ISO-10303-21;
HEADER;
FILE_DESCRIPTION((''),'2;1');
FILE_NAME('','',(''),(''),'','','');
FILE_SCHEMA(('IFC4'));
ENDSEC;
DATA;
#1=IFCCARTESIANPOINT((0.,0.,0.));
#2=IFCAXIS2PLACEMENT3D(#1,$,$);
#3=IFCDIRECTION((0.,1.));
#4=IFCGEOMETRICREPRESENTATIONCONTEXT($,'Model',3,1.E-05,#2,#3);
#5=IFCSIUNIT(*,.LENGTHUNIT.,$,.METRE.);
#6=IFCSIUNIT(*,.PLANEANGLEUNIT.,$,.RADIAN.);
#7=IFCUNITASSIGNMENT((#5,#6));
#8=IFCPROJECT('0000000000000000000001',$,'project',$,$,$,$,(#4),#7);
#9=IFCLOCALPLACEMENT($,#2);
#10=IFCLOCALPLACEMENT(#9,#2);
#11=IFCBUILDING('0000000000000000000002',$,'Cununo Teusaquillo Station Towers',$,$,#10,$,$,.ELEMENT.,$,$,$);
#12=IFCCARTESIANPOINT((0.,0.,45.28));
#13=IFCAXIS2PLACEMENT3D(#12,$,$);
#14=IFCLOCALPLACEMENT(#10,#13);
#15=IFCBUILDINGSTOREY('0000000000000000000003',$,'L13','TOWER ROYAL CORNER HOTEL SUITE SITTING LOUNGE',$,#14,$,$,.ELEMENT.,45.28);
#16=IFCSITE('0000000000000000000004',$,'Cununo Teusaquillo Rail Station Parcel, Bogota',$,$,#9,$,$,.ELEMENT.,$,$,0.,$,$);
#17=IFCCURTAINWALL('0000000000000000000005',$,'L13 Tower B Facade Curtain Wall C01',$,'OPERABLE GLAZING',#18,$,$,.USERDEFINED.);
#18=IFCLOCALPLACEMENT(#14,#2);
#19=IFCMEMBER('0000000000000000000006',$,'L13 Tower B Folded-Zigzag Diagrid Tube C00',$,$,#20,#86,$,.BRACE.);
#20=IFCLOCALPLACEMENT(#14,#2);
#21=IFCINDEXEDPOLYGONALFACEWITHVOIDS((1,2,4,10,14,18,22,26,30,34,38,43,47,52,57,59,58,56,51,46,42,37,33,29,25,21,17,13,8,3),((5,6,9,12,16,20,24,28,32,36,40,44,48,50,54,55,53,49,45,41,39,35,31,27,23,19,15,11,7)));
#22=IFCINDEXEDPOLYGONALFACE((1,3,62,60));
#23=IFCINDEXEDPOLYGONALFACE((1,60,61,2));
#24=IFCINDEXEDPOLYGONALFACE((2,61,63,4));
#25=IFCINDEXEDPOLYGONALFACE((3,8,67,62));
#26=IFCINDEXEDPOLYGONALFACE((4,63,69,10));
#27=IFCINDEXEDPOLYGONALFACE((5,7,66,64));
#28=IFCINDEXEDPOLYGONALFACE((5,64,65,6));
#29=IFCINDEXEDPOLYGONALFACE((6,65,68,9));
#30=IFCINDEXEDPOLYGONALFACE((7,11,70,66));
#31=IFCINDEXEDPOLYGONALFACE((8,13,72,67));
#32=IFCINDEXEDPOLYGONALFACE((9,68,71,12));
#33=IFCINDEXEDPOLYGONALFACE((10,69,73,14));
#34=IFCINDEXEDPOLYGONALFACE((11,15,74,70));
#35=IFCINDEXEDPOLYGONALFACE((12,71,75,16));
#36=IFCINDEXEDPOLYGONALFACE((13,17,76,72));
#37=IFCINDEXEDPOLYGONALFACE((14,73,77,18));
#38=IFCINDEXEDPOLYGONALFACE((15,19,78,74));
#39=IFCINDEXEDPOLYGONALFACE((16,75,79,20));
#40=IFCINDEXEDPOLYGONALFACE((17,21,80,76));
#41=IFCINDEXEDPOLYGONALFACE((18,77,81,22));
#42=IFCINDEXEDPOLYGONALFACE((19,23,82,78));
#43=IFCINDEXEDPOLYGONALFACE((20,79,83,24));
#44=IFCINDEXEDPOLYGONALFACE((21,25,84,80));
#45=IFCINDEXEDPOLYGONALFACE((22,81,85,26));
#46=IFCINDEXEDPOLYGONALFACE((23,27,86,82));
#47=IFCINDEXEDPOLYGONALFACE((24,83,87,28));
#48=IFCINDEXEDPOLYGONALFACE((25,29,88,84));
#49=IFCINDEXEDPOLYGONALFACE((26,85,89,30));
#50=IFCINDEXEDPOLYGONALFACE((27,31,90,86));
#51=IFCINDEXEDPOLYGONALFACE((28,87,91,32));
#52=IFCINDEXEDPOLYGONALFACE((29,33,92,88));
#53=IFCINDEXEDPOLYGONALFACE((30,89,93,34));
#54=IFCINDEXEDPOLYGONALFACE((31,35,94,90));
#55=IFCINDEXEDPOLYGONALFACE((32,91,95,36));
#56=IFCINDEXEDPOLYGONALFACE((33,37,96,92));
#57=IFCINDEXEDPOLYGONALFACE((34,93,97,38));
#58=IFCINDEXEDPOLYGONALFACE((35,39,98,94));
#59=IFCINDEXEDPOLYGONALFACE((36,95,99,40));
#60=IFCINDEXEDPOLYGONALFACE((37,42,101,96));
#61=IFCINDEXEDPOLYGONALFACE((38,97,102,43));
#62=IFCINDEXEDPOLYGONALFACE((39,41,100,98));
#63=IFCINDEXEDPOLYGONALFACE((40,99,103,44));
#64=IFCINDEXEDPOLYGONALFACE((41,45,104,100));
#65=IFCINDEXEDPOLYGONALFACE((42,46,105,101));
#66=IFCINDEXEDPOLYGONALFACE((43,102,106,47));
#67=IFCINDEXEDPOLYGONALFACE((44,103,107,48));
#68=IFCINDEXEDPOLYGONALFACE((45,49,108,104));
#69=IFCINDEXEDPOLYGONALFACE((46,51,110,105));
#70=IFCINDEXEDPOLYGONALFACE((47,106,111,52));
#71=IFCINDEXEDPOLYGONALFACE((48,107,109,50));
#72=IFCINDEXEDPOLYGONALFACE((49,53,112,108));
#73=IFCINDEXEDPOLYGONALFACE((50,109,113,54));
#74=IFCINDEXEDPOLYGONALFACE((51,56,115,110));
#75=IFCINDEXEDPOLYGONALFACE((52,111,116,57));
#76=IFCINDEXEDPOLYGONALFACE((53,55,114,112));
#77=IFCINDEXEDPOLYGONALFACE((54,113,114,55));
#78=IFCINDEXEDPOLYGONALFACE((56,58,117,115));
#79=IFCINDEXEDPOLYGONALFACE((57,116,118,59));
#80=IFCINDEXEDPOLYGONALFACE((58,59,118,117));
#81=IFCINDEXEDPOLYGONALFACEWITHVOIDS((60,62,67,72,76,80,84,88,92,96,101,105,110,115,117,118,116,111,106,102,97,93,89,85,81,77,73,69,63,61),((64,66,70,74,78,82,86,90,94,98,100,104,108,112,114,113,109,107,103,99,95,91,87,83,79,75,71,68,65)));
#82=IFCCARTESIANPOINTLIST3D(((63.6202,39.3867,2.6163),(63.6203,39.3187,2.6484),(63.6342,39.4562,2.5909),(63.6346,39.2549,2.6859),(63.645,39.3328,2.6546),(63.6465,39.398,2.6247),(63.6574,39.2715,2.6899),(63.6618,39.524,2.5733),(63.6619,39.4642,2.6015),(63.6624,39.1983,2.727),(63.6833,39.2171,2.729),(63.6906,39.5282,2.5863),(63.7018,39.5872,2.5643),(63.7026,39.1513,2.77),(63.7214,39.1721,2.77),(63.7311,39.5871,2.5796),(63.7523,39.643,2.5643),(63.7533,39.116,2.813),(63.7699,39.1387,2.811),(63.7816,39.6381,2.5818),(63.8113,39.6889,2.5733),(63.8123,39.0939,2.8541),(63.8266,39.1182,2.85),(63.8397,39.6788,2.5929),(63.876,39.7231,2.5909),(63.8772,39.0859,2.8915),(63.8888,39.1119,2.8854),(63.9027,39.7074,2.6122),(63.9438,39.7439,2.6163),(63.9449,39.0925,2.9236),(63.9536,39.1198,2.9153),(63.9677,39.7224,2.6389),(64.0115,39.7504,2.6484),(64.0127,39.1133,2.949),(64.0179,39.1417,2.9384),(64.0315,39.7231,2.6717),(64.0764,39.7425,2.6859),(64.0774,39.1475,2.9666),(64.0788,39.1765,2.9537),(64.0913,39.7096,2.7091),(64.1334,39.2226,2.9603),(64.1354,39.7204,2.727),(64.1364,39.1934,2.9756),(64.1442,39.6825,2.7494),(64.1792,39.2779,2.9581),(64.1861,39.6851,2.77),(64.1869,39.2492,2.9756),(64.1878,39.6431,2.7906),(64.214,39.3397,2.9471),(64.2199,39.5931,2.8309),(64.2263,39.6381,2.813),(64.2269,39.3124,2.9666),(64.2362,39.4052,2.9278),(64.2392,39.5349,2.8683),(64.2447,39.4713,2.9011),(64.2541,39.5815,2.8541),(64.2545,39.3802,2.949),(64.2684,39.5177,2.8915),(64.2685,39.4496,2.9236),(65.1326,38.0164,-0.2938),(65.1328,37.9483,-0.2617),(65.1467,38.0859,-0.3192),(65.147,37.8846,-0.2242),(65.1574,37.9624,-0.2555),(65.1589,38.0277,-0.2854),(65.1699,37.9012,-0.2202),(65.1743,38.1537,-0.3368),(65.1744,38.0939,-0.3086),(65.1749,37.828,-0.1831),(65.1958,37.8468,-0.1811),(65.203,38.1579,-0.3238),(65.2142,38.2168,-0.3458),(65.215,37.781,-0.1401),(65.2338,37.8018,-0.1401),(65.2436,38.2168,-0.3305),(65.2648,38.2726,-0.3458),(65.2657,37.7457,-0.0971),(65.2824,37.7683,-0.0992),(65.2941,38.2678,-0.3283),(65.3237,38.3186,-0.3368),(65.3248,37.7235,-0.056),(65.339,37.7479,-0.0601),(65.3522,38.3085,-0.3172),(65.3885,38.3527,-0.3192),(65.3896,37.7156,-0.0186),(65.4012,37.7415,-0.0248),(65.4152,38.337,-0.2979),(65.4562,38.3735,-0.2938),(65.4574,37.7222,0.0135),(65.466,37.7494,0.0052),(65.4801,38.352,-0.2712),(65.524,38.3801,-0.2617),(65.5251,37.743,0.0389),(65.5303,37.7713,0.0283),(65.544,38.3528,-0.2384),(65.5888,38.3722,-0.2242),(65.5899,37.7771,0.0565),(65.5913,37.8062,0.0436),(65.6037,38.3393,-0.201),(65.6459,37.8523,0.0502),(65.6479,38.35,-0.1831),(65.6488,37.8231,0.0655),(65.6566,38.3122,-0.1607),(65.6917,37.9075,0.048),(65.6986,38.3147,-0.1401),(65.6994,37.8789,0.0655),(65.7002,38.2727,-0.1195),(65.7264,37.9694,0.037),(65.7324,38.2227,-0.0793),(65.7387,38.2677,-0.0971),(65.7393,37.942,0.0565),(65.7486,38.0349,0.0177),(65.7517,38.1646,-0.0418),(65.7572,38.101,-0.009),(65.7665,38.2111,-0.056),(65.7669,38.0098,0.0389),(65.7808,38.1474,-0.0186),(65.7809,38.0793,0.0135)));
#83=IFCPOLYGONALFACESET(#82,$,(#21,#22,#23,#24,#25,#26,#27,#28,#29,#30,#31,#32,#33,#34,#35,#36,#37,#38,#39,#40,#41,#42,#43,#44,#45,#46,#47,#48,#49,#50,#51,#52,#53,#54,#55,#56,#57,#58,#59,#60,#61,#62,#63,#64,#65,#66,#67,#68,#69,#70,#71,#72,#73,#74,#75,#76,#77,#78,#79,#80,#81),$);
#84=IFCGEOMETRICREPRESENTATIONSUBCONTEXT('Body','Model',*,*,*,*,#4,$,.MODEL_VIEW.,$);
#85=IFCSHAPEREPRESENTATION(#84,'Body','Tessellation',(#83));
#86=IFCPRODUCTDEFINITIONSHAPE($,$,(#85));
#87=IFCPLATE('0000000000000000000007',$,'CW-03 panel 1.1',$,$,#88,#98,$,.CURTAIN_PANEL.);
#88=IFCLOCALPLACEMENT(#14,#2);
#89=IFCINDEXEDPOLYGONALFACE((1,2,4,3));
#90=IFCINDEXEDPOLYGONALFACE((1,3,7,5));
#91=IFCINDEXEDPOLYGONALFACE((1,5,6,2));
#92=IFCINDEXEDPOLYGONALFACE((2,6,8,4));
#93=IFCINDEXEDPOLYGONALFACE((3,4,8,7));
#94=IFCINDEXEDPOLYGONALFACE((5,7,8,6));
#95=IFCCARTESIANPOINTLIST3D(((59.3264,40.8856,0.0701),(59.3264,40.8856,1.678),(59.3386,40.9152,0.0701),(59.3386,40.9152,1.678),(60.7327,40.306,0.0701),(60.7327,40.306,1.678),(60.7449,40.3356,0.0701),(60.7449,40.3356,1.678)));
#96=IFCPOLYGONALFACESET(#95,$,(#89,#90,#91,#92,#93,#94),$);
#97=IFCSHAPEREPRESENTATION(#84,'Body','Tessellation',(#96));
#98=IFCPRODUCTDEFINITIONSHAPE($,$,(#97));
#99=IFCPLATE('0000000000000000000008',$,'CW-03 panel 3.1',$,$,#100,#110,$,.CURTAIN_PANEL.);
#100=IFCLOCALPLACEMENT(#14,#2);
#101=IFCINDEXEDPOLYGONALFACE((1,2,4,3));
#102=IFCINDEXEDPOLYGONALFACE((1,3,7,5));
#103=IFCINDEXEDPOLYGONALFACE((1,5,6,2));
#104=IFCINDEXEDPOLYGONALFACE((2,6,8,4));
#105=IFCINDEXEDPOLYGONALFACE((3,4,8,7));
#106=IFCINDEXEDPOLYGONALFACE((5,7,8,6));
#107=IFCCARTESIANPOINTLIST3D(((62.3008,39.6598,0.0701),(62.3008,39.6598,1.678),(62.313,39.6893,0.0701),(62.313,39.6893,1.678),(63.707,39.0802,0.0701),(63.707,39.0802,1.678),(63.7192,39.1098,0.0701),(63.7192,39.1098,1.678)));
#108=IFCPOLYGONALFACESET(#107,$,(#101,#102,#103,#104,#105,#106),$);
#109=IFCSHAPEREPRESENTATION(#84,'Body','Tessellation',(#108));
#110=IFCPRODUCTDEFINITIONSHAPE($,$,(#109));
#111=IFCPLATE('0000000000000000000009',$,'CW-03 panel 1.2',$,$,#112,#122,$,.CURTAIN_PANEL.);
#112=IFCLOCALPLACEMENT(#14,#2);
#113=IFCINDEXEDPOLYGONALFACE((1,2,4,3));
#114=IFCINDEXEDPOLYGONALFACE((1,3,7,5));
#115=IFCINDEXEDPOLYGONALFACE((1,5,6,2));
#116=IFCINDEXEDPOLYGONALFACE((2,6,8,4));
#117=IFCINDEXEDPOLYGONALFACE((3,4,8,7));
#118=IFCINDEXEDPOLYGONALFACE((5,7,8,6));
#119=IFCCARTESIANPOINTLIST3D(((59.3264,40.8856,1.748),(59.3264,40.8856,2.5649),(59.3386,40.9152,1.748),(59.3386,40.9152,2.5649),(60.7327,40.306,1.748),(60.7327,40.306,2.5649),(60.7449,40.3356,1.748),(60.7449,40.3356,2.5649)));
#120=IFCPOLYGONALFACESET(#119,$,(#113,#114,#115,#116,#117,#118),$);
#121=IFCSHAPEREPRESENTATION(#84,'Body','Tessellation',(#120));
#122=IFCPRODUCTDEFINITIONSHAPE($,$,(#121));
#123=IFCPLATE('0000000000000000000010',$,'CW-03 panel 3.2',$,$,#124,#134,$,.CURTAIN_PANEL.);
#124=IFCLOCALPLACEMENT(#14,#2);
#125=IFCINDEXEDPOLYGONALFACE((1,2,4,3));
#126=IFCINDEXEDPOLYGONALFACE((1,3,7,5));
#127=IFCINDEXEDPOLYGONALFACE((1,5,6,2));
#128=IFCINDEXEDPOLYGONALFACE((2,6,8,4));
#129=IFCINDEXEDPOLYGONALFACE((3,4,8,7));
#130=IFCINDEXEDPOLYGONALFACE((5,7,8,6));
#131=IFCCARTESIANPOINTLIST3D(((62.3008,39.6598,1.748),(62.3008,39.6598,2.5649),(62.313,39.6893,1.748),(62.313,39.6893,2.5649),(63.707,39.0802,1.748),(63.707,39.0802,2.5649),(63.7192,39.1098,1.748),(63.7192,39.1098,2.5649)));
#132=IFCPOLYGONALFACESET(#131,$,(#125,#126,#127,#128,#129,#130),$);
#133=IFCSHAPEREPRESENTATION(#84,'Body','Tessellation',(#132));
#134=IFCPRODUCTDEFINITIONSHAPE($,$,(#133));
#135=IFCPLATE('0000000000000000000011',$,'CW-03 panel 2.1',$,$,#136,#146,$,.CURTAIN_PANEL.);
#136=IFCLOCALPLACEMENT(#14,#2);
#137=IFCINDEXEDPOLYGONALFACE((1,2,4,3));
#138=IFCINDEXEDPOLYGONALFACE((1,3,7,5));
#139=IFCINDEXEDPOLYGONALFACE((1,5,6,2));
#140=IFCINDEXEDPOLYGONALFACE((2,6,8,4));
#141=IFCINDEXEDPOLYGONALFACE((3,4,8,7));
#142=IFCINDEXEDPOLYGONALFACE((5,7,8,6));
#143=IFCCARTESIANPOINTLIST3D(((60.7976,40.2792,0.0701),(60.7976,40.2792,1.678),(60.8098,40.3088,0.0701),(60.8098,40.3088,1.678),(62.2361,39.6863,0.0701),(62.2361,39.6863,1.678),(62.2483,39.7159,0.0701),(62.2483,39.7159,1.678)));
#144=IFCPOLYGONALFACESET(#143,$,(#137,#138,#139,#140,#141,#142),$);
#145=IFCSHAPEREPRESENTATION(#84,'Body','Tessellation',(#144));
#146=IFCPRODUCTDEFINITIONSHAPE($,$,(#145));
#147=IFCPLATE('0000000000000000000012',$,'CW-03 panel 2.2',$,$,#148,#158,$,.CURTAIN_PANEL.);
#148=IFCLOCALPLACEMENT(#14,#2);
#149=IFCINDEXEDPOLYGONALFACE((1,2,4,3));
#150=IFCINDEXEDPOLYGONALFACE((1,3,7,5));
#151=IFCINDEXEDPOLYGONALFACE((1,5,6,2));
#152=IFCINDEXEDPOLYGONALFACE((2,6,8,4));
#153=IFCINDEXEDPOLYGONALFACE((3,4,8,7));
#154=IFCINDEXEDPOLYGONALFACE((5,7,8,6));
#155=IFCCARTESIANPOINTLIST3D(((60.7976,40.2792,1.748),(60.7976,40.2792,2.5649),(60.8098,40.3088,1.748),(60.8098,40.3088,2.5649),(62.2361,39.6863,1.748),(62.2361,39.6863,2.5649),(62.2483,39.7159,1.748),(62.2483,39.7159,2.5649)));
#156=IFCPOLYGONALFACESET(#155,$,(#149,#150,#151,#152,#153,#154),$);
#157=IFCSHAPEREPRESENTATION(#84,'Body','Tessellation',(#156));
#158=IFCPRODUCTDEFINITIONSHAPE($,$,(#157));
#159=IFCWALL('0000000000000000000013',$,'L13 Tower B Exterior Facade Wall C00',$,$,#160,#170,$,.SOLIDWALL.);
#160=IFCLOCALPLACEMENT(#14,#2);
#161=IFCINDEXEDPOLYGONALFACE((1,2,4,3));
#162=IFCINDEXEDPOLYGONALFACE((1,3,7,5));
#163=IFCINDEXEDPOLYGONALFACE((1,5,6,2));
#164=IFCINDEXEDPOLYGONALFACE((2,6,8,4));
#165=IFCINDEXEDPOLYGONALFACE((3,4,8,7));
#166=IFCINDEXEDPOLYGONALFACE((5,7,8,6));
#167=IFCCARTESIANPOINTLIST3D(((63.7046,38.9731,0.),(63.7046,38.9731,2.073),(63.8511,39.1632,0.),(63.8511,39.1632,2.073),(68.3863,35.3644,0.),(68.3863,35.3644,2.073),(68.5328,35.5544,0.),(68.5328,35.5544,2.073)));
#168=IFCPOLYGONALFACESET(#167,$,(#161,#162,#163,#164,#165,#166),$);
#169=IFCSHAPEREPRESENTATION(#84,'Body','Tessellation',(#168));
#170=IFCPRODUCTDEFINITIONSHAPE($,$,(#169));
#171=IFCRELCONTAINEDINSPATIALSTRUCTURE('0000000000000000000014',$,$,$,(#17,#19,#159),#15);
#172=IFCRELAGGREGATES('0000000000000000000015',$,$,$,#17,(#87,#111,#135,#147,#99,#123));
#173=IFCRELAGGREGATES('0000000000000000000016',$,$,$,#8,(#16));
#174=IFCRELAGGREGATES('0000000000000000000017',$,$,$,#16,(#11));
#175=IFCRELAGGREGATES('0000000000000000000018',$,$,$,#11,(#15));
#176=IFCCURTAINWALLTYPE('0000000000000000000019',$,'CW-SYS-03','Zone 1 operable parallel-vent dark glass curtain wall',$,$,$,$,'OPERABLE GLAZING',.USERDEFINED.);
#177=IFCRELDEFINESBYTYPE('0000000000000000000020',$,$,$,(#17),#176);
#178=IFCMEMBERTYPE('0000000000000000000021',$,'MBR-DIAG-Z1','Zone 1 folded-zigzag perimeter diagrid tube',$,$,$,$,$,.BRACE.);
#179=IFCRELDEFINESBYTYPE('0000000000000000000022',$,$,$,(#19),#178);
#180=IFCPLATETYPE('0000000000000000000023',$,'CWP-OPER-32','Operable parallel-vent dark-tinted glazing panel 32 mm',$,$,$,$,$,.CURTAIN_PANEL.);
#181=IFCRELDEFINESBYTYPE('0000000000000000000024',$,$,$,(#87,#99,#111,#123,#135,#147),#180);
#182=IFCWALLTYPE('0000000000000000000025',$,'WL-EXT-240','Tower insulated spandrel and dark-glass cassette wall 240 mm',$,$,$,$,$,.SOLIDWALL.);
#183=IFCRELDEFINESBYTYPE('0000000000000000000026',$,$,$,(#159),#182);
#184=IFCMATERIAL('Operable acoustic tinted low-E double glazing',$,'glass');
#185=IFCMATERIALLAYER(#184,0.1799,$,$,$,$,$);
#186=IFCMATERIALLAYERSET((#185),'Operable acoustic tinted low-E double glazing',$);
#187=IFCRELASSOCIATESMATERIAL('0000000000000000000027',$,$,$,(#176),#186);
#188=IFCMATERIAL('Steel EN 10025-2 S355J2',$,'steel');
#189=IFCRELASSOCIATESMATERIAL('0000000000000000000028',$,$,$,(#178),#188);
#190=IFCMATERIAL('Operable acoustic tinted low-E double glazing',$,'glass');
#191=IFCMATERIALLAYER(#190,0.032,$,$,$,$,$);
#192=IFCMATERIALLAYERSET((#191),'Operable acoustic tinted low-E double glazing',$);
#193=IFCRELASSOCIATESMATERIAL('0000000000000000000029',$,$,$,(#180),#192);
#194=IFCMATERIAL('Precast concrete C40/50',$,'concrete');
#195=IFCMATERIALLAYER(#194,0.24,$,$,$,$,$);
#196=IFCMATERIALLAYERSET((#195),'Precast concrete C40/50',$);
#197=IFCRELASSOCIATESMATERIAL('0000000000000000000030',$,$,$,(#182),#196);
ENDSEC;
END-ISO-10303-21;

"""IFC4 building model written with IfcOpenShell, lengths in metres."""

from ifc_helpers import new_model, si_unit, direction, frame, frame_2d, origin, origin_2d, place, context, subcontext, project, spatial, rectangle, hollow_circle, extrude, source, transform, mapped, material, layer, layer_set, material_profile, profile_set, type_object, element, aggregate, save


model = new_model("IFC4")

# Units and contexts
model_context = context("Model", 3, precision=1e-05, world=origin(), true_north=direction((0.0, 1.0)))
body_context = subcontext(model_context, "Body", "Model", "MODEL_VIEW")
ifc_project = project(units=[si_unit("LENGTHUNIT", "METRE"), si_unit("PLANEANGLEUNIT", "RADIAN")], contexts=[model_context])

# Site, building, storey
site_placement = place(None, origin())
site = spatial("IfcSite", under=ifc_project, at=site_placement, Name="Cununo Teusaquillo Rail Station Parcel, Bogota", CompositionType="ELEMENT", RefElevation=0.0)
building_placement = place(site_placement, origin())
building = spatial("IfcBuilding", under=site, at=building_placement, Name="Cununo Teusaquillo Station Towers", CompositionType="ELEMENT")
storey_placement = place(building_placement, frame((0.0, 0.0, 45.28)))
storey = spatial("IfcBuildingStorey", under=building, at=storey_placement, Name="L13", Description="TOWER ROYAL CORNER HOTEL SUITE SITTING LOUNGE", CompositionType="ELEMENT", Elevation=45.28)

# Curtain wall
ifc_material_1 = material(Name="Operable acoustic tinted low-E double glazing", Category="glass")
ifc_layer_1 = layer(ifc_material_1, 0.1799)
ifc_layer_set_1 = layer_set([ifc_layer_1], Name="Operable acoustic tinted low-E double glazing")
curtain_wall_type = type_object("IfcCurtainWallType", Name="CW-SYS-03", Description="Zone 1 operable parallel-vent dark glass curtain wall", ElementType="OPERABLE GLAZING", PredefinedType="USERDEFINED", material=ifc_layer_set_1)
curtain_wall_placement = place(storey_placement, origin())
curtain_wall = element("IfcCurtainWall", 1, at=curtain_wall_placement, inside=storey, type_object=curtain_wall_type, Name="L13 Tower B Facade Curtain Wall C01", ObjectType="OPERABLE GLAZING", PredefinedType="USERDEFINED")

# Member
ifc_material_2 = material(Name="Steel EN 10025-2 S355J2", Category="steel")
ifc_material_profile_1 = material_profile(ifc_material_2, hollow_circle(Radius=0.3601, WallThickness=0.0281, at=origin_2d()), Name="CHS 720x28")
ifc_profile_set_1 = profile_set([ifc_material_profile_1], Name="Steel EN 10025-2 S355J2")
member_type_1 = type_object("IfcMemberType", Name="MBR-DIAG-Z1", Description="Zone 1 folded-zigzag perimeter diagrid tube", PredefinedType="BRACE", material=ifc_profile_set_1)
member_1_placement = place(storey_placement, frame((65.4568, 38.0479, -0.1401), z_axis=(-0.425504, 0.38553, 0.818727), x_axis=(-0.671439, -0.741059, 0.0)))
element("IfcMember", 2, at=member_1_placement, inside=storey, type_object=member_type_1, Name="L13 Tower B Folded-Zigzag Diagrid Tube C00", PredefinedType="BRACE", context=body_context, shape_type="SweptSolid", body=[
    extrude(hollow_circle(Radius=0.3601, WallThickness=0.0281, at=origin_2d()), origin(), (0.0, 0.0, 1.0), 3.5544),
])

# Plates
ifc_material_3 = material(Name="Operable acoustic tinted low-E double glazing", Category="glass")
ifc_layer_2 = layer(ifc_material_3, 0.032)
ifc_layer_set_2 = layer_set([ifc_layer_2], Name="Operable acoustic tinted low-E double glazing")
plate_type = type_object("IfcPlateType", Name="CWP-OPER-32", Description="Operable parallel-vent dark-tinted glazing panel 32 mm", PredefinedType="CURTAIN_PANEL", material=ifc_layer_set_2)
shared_shape_1 = source(origin(), body_context, "Body", "SweptSolid", [
    extrude(rectangle(XDim=1.521, YDim=0.032, at=origin_2d()), origin(), (0.0, 0.0, 1.0), 1.6079),
])
plate_1_placement = place(storey_placement, frame((60.0356, 40.6106, 0.0701), z_axis=(0.0, 0.0, 1.0), x_axis=(0.924552, -0.381055, 0.0)))
plate_1 = element("IfcPlate", 3, at=plate_1_placement, type_object=plate_type, Name="CW-03 panel 1.1", PredefinedType="CURTAIN_PANEL", context=body_context, shape_type="MappedRepresentation", body=[
    mapped(shared_shape_1, transform((0.0, 0.0, 0.0), x_axis=(1.0, 0.0, 0.0), y_axis=(0.0, 1.0, 0.0), z_axis=(0.0, 0.0, 1.0), scale=1.0)),
])
plate_2_placement = place(storey_placement, frame((63.01, 39.3848, 0.0701), z_axis=(0.0, 0.0, 1.0), x_axis=(0.924552, -0.381055, 0.0)))
plate_2 = element("IfcPlate", 4, at=plate_2_placement, type_object=plate_type, Name="CW-03 panel 3.1", PredefinedType="CURTAIN_PANEL", context=body_context, shape_type="MappedRepresentation", body=[
    mapped(shared_shape_1, transform((0.0, 0.0, 0.0), x_axis=(1.0, 0.0, 0.0), y_axis=(0.0, 1.0, 0.0), z_axis=(0.0, 0.0, 1.0), scale=1.0)),
])
shared_shape_2 = source(origin(), body_context, "Body", "SweptSolid", [
    extrude(rectangle(XDim=1.521, YDim=0.032, at=origin_2d()), origin(), (0.0, 0.0, 1.0), 0.8169),
])
plate_3_placement = place(storey_placement, frame((60.0356, 40.6106, 1.748), z_axis=(0.0, 0.0, 1.0), x_axis=(0.924552, -0.381055, 0.0)))
plate_3 = element("IfcPlate", 5, at=plate_3_placement, type_object=plate_type, Name="CW-03 panel 1.2", PredefinedType="CURTAIN_PANEL", context=body_context, shape_type="MappedRepresentation", body=[
    mapped(shared_shape_2, transform((0.0, 0.0, 0.0), x_axis=(1.0, 0.0, 0.0), y_axis=(0.0, 1.0, 0.0), z_axis=(0.0, 0.0, 1.0), scale=1.0)),
])
plate_4_placement = place(storey_placement, frame((63.01, 39.3848, 1.748), z_axis=(0.0, 0.0, 1.0), x_axis=(0.924552, -0.381055, 0.0)))
plate_4 = element("IfcPlate", 6, at=plate_4_placement, type_object=plate_type, Name="CW-03 panel 3.2", PredefinedType="CURTAIN_PANEL", context=body_context, shape_type="MappedRepresentation", body=[
    mapped(shared_shape_2, transform((0.0, 0.0, 0.0), x_axis=(1.0, 0.0, 0.0), y_axis=(0.0, 1.0, 0.0), z_axis=(0.0, 0.0, 1.0), scale=1.0)),
])
shared_shape_3 = source(origin(), body_context, "Body", "SweptSolid", [
    extrude(rectangle(XDim=1.5559, YDim=0.032, at=origin_2d()), origin(), (0.0, 0.0, 1.0), 1.6079),
])
plate_5_placement = place(storey_placement, frame((61.5229, 39.9976, 0.0701), z_axis=(0.0, 0.0, 1.0), x_axis=(0.924552, -0.381055, 0.0)))
plate_5 = element("IfcPlate", 7, at=plate_5_placement, type_object=plate_type, Name="CW-03 panel 2.1", PredefinedType="CURTAIN_PANEL", context=body_context, shape_type="MappedRepresentation", body=[
    mapped(shared_shape_3, transform((0.0, 0.0, 0.0), x_axis=(1.0, 0.0, 0.0), y_axis=(0.0, 1.0, 0.0), z_axis=(0.0, 0.0, 1.0), scale=1.0)),
])
shared_shape_4 = source(origin(), body_context, "Body", "SweptSolid", [
    extrude(rectangle(XDim=1.5559, YDim=0.032, at=origin_2d()), origin(), (0.0, 0.0, 1.0), 0.8169),
])
plate_6_placement = place(storey_placement, frame((61.5229, 39.9976, 1.748), z_axis=(0.0, 0.0, 1.0), x_axis=(0.924552, -0.381055, 0.0)))
plate_6 = element("IfcPlate", 8, at=plate_6_placement, type_object=plate_type, Name="CW-03 panel 2.2", PredefinedType="CURTAIN_PANEL", context=body_context, shape_type="MappedRepresentation", body=[
    mapped(shared_shape_4, transform((0.0, 0.0, 0.0), x_axis=(1.0, 0.0, 0.0), y_axis=(0.0, 1.0, 0.0), z_axis=(0.0, 0.0, 1.0), scale=1.0)),
])
aggregate(curtain_wall, [plate_1, plate_3, plate_5, plate_6, plate_2, plate_4])

# Wall
ifc_material_4 = material(Name="Precast concrete C40/50", Category="concrete")
ifc_layer_3 = layer(ifc_material_4, 0.24)
ifc_layer_set_3 = layer_set([ifc_layer_3], Name="Precast concrete C40/50")
wall_type_1 = type_object("IfcWallType", Name="WL-EXT-240", Description="Tower insulated spandrel and dark-glass cassette wall 240 mm", PredefinedType="SOLIDWALL", material=ifc_layer_set_3)
wall_1_placement = place(storey_placement, frame((63.7778, 39.0681, 0.0), z_axis=(0.0, 0.0, 1.0), x_axis=(0.79202, -0.610495, 0.0)))
element("IfcWall", 9, at=wall_1_placement, inside=storey, type_object=wall_type_1, Name="L13 Tower B Exterior Facade Wall C00", PredefinedType="SOLIDWALL", context=body_context, shape_type="SweptSolid", body=[
    extrude(rectangle(XDim=5.9111, YDim=0.24, at=frame_2d((2.9556, 0.0))), origin(), (0.0, 0.0, 1.0), 2.073),
])

save(model, "model.ifc")
